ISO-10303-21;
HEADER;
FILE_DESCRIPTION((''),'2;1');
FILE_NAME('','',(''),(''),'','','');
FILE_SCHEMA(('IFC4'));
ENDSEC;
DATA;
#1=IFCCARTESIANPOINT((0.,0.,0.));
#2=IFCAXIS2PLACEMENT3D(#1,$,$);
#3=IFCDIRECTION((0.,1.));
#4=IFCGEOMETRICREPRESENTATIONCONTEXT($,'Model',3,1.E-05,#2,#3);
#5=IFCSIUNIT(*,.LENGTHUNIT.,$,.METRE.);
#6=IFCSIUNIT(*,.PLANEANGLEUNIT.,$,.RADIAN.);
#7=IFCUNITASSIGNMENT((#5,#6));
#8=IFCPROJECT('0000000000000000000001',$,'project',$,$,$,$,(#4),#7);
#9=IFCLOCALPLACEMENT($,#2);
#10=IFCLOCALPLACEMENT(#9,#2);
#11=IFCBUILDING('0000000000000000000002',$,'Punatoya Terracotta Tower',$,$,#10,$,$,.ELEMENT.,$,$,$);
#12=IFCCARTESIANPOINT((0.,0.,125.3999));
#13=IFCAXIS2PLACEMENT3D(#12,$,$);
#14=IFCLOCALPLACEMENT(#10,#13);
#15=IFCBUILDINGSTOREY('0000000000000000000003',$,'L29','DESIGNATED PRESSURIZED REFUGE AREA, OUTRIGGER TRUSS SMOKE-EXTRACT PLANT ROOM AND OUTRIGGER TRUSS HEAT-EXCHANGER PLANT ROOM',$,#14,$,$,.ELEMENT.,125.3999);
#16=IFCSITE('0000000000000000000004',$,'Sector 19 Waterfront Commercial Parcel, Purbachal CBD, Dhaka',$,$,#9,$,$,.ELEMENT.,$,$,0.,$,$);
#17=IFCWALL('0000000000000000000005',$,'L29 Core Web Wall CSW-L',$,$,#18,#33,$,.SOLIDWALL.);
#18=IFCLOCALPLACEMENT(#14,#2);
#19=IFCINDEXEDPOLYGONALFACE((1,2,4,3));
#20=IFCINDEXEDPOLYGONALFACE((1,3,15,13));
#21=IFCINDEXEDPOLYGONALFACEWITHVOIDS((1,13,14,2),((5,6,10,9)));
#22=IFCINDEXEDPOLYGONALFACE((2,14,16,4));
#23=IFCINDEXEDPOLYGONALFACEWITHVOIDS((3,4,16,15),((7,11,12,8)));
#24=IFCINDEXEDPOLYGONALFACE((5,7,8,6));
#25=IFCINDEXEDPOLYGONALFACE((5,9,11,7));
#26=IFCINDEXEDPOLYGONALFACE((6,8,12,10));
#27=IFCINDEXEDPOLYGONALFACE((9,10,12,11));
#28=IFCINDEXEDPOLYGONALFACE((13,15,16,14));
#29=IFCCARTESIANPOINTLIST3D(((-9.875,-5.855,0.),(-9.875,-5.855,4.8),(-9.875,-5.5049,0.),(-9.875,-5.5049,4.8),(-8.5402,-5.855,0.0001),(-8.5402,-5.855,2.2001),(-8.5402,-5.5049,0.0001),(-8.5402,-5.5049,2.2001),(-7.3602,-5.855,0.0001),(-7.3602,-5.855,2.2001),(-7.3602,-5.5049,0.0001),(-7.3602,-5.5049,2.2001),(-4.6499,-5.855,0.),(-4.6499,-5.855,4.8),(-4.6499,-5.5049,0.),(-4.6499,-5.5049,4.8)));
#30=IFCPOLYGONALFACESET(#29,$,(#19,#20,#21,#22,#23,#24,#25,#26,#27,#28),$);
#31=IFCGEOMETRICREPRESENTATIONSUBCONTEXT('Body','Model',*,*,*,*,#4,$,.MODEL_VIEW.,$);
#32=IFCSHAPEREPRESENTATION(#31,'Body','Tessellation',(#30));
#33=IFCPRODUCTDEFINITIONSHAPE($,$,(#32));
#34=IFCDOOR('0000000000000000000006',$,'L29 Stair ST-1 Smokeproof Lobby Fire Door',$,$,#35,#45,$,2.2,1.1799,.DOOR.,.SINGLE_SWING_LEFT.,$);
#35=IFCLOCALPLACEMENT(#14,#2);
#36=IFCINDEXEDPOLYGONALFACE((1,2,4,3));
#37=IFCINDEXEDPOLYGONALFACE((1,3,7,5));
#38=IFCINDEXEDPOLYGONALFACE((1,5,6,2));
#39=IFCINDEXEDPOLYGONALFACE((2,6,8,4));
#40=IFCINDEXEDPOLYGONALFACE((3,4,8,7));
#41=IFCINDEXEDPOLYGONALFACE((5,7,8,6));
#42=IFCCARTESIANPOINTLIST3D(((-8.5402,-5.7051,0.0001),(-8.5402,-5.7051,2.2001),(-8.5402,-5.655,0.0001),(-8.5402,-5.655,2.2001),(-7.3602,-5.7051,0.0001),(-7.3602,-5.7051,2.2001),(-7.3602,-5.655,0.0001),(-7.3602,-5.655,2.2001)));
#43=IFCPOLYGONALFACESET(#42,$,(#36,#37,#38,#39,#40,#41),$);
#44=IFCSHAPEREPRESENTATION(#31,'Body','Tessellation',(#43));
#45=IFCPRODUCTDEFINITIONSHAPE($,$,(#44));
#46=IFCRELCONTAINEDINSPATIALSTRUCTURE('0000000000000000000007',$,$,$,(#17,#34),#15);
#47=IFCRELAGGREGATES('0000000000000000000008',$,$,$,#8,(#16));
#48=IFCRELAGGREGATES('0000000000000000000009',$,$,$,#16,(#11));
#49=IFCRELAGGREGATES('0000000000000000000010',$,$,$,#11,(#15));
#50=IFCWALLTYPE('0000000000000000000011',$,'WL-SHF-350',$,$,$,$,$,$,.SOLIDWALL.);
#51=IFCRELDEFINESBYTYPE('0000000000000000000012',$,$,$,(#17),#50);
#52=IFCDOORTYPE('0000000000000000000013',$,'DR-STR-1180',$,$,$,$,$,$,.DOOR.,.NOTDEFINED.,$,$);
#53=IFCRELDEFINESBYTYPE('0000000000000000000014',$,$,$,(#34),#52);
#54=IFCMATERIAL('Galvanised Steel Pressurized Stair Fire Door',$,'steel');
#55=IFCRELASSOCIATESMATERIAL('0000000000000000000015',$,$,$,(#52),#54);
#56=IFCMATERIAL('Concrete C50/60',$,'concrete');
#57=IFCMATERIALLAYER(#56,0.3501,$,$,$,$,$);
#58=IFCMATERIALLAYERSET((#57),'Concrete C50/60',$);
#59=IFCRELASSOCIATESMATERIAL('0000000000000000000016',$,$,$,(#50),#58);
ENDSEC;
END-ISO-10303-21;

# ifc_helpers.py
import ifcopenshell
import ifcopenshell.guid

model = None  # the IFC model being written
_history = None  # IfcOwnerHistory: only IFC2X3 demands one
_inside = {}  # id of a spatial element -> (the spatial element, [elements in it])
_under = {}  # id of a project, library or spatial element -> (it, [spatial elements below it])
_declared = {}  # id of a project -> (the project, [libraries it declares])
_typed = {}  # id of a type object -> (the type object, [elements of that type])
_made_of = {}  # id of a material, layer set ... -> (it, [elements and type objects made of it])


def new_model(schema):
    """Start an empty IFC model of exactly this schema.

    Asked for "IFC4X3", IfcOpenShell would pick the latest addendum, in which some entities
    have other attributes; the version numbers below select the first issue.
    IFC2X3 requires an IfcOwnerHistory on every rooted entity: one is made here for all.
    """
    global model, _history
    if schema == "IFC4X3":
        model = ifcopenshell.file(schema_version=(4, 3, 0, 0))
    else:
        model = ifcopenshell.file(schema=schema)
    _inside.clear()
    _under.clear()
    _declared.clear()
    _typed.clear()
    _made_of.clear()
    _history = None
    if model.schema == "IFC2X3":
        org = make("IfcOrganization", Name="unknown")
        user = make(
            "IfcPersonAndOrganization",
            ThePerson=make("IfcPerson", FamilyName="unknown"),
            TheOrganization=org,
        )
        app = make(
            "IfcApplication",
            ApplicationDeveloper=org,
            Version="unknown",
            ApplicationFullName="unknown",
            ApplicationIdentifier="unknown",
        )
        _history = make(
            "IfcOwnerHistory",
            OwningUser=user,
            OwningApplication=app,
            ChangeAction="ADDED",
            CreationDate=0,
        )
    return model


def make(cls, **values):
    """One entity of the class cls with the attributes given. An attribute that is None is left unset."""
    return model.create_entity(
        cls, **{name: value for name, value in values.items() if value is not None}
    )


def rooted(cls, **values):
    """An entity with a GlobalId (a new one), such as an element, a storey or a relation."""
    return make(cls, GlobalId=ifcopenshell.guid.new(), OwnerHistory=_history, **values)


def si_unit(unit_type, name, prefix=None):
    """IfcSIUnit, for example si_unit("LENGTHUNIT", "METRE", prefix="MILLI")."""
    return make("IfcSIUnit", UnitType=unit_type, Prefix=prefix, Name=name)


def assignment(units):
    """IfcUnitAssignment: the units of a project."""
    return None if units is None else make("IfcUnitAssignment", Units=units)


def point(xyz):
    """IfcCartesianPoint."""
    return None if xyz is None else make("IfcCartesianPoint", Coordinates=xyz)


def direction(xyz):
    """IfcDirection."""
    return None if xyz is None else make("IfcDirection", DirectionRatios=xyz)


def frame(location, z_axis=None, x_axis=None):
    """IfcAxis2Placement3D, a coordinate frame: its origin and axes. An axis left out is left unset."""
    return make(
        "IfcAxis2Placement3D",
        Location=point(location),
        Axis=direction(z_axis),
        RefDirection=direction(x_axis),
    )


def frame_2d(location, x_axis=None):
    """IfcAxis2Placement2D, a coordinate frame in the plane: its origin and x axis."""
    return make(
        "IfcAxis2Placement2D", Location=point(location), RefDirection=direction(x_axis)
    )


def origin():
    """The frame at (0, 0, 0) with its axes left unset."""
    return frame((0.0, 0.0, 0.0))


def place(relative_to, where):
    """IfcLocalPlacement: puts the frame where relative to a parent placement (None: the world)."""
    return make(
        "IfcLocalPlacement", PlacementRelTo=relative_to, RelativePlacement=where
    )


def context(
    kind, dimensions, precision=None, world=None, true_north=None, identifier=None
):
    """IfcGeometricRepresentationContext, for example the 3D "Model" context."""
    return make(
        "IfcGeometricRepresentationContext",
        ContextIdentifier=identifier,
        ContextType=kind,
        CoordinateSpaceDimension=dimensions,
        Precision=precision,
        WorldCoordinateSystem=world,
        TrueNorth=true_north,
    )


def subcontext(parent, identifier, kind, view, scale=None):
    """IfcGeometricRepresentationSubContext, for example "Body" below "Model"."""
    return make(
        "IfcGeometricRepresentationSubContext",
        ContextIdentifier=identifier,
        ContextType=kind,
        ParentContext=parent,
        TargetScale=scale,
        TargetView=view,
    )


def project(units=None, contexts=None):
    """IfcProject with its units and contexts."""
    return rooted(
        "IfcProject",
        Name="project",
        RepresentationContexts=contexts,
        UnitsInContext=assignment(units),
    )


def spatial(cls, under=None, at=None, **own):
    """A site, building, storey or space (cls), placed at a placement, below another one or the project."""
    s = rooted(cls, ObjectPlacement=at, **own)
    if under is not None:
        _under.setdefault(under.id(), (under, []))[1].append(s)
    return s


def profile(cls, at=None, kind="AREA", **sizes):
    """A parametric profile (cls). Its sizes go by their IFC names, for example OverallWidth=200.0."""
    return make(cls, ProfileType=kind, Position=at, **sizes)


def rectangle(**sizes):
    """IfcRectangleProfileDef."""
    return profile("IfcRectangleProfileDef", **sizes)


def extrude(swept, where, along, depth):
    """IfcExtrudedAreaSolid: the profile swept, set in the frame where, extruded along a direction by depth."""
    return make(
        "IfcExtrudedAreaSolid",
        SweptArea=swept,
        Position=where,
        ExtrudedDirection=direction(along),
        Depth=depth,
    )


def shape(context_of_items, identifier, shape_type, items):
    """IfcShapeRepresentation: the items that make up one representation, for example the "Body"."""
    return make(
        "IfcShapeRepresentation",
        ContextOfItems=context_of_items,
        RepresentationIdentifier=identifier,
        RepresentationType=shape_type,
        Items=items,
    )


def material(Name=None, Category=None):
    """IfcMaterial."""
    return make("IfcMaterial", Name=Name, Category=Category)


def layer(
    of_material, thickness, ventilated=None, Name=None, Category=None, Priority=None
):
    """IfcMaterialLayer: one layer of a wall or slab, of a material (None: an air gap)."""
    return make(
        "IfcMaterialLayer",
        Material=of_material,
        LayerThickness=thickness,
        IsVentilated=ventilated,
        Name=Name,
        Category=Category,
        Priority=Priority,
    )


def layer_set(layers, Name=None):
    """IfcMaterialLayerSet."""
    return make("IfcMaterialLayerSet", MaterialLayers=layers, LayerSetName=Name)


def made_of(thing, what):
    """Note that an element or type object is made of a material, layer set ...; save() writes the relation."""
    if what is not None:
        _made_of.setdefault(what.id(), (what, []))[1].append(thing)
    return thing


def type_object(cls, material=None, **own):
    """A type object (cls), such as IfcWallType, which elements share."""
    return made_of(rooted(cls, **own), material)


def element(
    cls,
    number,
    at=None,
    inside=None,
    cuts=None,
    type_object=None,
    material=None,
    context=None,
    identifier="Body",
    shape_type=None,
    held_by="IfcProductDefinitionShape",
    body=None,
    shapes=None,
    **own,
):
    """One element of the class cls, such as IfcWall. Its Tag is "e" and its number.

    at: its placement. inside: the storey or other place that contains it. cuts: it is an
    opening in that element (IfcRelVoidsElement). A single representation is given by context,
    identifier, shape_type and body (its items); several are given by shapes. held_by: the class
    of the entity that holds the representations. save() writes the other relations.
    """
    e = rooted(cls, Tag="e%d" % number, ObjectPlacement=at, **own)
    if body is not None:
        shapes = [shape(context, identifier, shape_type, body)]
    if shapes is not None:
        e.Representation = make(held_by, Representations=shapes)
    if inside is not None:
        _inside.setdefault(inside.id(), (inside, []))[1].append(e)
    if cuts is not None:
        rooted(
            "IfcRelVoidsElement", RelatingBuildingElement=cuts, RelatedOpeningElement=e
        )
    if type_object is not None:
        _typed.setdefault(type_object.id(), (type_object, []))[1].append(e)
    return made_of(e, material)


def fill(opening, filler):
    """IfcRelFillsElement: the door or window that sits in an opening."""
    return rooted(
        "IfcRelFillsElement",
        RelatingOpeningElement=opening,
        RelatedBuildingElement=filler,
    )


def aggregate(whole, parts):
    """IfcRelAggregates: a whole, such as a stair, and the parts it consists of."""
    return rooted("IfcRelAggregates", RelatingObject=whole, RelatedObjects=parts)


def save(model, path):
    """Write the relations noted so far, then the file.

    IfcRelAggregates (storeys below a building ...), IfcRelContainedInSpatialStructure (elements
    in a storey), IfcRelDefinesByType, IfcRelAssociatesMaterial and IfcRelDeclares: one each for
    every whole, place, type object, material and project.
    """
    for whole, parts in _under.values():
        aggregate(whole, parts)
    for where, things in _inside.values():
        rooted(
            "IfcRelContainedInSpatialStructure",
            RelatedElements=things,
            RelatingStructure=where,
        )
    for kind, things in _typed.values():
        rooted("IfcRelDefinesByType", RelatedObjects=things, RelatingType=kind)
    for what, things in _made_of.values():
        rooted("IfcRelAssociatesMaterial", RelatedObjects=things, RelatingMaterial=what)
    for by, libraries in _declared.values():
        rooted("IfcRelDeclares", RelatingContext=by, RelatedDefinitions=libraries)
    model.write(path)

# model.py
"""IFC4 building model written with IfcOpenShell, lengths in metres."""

from ifc_helpers import new_model, si_unit, direction, frame, frame_2d, origin, place, context, subcontext, project, spatial, rectangle, extrude, material, layer, layer_set, type_object, element, fill, save


model = new_model("IFC4")

# Units and contexts
model_context = context("Model", 3, precision=1e-05, world=origin(), true_north=direction((0.0, 1.0)))
body_context = subcontext(model_context, "Body", "Model", "MODEL_VIEW")
ifc_project = project(units=[si_unit("LENGTHUNIT", "METRE"), si_unit("PLANEANGLEUNIT", "RADIAN")], contexts=[model_context])

# Site, building, storey
site_placement = place(None, origin())
site = spatial("IfcSite", under=ifc_project, at=site_placement, Name="Sector 19 Waterfront Commercial Parcel, Purbachal CBD, Dhaka", CompositionType="ELEMENT", RefElevation=0.0)
building_placement = place(site_placement, origin())
building = spatial("IfcBuilding", under=site, at=building_placement, Name="Punatoya Terracotta Tower", CompositionType="ELEMENT")
storey_placement = place(building_placement, frame((0.0, 0.0, 125.3999)))
storey = spatial("IfcBuildingStorey", under=building, at=storey_placement, Name="L29", Description="DESIGNATED PRESSURIZED REFUGE AREA, OUTRIGGER TRUSS SMOKE-EXTRACT PLANT ROOM AND OUTRIGGER TRUSS HEAT-EXCHANGER PLANT ROOM", CompositionType="ELEMENT", Elevation=125.3999)

# Shared definitions
ifc_material_1 = material(Name="Galvanised Steel Pressurized Stair Fire Door", Category="steel")
door_type_1 = type_object("IfcDoorType", Name="DR-STR-1180", OperationType="NOTDEFINED", PredefinedType="DOOR", material=ifc_material_1)

# Wall, opening, door
ifc_material_2 = material(Name="Concrete C50/60", Category="concrete")
ifc_layer_1 = layer(ifc_material_2, 0.3501)
ifc_layer_set_1 = layer_set([ifc_layer_1], Name="Concrete C50/60")
wall_type_1 = type_object("IfcWallType", Name="WL-SHF-350", PredefinedType="SOLIDWALL", material=ifc_layer_set_1)
wall_1_placement = place(storey_placement, frame((-9.875, -5.6799, 0.0), z_axis=(0.0, 0.0, 1.0), x_axis=(1.0, 0.0, 0.0)))
wall_1 = element("IfcWall", 1, at=wall_1_placement, inside=storey, type_object=wall_type_1, Name="L29 Core Web Wall CSW-L", PredefinedType="SOLIDWALL", context=body_context, shape_type="SweptSolid", body=[
    extrude(rectangle(XDim=5.2251, YDim=0.3501, at=frame_2d((2.6125, 0.0))), origin(), (0.0, 0.0, 1.0), 4.8),
])
opening_1_placement = place(wall_1_placement, frame((1.335, 0.0, 0.0)))
opening_1 = element("IfcOpeningElement", 2, at=opening_1_placement, cuts=wall_1, PredefinedType="OPENING", context=body_context, shape_type="SweptSolid", body=[
    extrude(rectangle(XDim=1.1799, YDim=2.2, at=frame_2d((0.5898, 1.1001))), frame((0.0, 0.1851, 0.0), z_axis=(0.0, -1.0, 0.0), x_axis=(1.0, 0.0, 0.0)), (0.0, 0.0, 1.0), 0.3701),
])
door_1_placement = place(opening_1_placement, origin())
door_1 = element("IfcDoor", 3, at=door_1_placement, inside=storey, type_object=door_type_1, Name="L29 Stair ST-1 Smokeproof Lobby Fire Door", OperationType="SINGLE_SWING_LEFT", OverallHeight=2.2, OverallWidth=1.1799, PredefinedType="DOOR", context=body_context, shape_type="SweptSolid", body=[
    extrude(rectangle(XDim=1.1799, YDim=2.2, at=frame_2d((0.5898, 1.1001))), frame((0.0, 0.0249, 0.0), z_axis=(0.0, -1.0, 0.0), x_axis=(1.0, 0.0, 0.0)), (0.0, 0.0, 1.0), 0.05),
])
fill(opening_1, door_1)

save(model, "model.ifc")
